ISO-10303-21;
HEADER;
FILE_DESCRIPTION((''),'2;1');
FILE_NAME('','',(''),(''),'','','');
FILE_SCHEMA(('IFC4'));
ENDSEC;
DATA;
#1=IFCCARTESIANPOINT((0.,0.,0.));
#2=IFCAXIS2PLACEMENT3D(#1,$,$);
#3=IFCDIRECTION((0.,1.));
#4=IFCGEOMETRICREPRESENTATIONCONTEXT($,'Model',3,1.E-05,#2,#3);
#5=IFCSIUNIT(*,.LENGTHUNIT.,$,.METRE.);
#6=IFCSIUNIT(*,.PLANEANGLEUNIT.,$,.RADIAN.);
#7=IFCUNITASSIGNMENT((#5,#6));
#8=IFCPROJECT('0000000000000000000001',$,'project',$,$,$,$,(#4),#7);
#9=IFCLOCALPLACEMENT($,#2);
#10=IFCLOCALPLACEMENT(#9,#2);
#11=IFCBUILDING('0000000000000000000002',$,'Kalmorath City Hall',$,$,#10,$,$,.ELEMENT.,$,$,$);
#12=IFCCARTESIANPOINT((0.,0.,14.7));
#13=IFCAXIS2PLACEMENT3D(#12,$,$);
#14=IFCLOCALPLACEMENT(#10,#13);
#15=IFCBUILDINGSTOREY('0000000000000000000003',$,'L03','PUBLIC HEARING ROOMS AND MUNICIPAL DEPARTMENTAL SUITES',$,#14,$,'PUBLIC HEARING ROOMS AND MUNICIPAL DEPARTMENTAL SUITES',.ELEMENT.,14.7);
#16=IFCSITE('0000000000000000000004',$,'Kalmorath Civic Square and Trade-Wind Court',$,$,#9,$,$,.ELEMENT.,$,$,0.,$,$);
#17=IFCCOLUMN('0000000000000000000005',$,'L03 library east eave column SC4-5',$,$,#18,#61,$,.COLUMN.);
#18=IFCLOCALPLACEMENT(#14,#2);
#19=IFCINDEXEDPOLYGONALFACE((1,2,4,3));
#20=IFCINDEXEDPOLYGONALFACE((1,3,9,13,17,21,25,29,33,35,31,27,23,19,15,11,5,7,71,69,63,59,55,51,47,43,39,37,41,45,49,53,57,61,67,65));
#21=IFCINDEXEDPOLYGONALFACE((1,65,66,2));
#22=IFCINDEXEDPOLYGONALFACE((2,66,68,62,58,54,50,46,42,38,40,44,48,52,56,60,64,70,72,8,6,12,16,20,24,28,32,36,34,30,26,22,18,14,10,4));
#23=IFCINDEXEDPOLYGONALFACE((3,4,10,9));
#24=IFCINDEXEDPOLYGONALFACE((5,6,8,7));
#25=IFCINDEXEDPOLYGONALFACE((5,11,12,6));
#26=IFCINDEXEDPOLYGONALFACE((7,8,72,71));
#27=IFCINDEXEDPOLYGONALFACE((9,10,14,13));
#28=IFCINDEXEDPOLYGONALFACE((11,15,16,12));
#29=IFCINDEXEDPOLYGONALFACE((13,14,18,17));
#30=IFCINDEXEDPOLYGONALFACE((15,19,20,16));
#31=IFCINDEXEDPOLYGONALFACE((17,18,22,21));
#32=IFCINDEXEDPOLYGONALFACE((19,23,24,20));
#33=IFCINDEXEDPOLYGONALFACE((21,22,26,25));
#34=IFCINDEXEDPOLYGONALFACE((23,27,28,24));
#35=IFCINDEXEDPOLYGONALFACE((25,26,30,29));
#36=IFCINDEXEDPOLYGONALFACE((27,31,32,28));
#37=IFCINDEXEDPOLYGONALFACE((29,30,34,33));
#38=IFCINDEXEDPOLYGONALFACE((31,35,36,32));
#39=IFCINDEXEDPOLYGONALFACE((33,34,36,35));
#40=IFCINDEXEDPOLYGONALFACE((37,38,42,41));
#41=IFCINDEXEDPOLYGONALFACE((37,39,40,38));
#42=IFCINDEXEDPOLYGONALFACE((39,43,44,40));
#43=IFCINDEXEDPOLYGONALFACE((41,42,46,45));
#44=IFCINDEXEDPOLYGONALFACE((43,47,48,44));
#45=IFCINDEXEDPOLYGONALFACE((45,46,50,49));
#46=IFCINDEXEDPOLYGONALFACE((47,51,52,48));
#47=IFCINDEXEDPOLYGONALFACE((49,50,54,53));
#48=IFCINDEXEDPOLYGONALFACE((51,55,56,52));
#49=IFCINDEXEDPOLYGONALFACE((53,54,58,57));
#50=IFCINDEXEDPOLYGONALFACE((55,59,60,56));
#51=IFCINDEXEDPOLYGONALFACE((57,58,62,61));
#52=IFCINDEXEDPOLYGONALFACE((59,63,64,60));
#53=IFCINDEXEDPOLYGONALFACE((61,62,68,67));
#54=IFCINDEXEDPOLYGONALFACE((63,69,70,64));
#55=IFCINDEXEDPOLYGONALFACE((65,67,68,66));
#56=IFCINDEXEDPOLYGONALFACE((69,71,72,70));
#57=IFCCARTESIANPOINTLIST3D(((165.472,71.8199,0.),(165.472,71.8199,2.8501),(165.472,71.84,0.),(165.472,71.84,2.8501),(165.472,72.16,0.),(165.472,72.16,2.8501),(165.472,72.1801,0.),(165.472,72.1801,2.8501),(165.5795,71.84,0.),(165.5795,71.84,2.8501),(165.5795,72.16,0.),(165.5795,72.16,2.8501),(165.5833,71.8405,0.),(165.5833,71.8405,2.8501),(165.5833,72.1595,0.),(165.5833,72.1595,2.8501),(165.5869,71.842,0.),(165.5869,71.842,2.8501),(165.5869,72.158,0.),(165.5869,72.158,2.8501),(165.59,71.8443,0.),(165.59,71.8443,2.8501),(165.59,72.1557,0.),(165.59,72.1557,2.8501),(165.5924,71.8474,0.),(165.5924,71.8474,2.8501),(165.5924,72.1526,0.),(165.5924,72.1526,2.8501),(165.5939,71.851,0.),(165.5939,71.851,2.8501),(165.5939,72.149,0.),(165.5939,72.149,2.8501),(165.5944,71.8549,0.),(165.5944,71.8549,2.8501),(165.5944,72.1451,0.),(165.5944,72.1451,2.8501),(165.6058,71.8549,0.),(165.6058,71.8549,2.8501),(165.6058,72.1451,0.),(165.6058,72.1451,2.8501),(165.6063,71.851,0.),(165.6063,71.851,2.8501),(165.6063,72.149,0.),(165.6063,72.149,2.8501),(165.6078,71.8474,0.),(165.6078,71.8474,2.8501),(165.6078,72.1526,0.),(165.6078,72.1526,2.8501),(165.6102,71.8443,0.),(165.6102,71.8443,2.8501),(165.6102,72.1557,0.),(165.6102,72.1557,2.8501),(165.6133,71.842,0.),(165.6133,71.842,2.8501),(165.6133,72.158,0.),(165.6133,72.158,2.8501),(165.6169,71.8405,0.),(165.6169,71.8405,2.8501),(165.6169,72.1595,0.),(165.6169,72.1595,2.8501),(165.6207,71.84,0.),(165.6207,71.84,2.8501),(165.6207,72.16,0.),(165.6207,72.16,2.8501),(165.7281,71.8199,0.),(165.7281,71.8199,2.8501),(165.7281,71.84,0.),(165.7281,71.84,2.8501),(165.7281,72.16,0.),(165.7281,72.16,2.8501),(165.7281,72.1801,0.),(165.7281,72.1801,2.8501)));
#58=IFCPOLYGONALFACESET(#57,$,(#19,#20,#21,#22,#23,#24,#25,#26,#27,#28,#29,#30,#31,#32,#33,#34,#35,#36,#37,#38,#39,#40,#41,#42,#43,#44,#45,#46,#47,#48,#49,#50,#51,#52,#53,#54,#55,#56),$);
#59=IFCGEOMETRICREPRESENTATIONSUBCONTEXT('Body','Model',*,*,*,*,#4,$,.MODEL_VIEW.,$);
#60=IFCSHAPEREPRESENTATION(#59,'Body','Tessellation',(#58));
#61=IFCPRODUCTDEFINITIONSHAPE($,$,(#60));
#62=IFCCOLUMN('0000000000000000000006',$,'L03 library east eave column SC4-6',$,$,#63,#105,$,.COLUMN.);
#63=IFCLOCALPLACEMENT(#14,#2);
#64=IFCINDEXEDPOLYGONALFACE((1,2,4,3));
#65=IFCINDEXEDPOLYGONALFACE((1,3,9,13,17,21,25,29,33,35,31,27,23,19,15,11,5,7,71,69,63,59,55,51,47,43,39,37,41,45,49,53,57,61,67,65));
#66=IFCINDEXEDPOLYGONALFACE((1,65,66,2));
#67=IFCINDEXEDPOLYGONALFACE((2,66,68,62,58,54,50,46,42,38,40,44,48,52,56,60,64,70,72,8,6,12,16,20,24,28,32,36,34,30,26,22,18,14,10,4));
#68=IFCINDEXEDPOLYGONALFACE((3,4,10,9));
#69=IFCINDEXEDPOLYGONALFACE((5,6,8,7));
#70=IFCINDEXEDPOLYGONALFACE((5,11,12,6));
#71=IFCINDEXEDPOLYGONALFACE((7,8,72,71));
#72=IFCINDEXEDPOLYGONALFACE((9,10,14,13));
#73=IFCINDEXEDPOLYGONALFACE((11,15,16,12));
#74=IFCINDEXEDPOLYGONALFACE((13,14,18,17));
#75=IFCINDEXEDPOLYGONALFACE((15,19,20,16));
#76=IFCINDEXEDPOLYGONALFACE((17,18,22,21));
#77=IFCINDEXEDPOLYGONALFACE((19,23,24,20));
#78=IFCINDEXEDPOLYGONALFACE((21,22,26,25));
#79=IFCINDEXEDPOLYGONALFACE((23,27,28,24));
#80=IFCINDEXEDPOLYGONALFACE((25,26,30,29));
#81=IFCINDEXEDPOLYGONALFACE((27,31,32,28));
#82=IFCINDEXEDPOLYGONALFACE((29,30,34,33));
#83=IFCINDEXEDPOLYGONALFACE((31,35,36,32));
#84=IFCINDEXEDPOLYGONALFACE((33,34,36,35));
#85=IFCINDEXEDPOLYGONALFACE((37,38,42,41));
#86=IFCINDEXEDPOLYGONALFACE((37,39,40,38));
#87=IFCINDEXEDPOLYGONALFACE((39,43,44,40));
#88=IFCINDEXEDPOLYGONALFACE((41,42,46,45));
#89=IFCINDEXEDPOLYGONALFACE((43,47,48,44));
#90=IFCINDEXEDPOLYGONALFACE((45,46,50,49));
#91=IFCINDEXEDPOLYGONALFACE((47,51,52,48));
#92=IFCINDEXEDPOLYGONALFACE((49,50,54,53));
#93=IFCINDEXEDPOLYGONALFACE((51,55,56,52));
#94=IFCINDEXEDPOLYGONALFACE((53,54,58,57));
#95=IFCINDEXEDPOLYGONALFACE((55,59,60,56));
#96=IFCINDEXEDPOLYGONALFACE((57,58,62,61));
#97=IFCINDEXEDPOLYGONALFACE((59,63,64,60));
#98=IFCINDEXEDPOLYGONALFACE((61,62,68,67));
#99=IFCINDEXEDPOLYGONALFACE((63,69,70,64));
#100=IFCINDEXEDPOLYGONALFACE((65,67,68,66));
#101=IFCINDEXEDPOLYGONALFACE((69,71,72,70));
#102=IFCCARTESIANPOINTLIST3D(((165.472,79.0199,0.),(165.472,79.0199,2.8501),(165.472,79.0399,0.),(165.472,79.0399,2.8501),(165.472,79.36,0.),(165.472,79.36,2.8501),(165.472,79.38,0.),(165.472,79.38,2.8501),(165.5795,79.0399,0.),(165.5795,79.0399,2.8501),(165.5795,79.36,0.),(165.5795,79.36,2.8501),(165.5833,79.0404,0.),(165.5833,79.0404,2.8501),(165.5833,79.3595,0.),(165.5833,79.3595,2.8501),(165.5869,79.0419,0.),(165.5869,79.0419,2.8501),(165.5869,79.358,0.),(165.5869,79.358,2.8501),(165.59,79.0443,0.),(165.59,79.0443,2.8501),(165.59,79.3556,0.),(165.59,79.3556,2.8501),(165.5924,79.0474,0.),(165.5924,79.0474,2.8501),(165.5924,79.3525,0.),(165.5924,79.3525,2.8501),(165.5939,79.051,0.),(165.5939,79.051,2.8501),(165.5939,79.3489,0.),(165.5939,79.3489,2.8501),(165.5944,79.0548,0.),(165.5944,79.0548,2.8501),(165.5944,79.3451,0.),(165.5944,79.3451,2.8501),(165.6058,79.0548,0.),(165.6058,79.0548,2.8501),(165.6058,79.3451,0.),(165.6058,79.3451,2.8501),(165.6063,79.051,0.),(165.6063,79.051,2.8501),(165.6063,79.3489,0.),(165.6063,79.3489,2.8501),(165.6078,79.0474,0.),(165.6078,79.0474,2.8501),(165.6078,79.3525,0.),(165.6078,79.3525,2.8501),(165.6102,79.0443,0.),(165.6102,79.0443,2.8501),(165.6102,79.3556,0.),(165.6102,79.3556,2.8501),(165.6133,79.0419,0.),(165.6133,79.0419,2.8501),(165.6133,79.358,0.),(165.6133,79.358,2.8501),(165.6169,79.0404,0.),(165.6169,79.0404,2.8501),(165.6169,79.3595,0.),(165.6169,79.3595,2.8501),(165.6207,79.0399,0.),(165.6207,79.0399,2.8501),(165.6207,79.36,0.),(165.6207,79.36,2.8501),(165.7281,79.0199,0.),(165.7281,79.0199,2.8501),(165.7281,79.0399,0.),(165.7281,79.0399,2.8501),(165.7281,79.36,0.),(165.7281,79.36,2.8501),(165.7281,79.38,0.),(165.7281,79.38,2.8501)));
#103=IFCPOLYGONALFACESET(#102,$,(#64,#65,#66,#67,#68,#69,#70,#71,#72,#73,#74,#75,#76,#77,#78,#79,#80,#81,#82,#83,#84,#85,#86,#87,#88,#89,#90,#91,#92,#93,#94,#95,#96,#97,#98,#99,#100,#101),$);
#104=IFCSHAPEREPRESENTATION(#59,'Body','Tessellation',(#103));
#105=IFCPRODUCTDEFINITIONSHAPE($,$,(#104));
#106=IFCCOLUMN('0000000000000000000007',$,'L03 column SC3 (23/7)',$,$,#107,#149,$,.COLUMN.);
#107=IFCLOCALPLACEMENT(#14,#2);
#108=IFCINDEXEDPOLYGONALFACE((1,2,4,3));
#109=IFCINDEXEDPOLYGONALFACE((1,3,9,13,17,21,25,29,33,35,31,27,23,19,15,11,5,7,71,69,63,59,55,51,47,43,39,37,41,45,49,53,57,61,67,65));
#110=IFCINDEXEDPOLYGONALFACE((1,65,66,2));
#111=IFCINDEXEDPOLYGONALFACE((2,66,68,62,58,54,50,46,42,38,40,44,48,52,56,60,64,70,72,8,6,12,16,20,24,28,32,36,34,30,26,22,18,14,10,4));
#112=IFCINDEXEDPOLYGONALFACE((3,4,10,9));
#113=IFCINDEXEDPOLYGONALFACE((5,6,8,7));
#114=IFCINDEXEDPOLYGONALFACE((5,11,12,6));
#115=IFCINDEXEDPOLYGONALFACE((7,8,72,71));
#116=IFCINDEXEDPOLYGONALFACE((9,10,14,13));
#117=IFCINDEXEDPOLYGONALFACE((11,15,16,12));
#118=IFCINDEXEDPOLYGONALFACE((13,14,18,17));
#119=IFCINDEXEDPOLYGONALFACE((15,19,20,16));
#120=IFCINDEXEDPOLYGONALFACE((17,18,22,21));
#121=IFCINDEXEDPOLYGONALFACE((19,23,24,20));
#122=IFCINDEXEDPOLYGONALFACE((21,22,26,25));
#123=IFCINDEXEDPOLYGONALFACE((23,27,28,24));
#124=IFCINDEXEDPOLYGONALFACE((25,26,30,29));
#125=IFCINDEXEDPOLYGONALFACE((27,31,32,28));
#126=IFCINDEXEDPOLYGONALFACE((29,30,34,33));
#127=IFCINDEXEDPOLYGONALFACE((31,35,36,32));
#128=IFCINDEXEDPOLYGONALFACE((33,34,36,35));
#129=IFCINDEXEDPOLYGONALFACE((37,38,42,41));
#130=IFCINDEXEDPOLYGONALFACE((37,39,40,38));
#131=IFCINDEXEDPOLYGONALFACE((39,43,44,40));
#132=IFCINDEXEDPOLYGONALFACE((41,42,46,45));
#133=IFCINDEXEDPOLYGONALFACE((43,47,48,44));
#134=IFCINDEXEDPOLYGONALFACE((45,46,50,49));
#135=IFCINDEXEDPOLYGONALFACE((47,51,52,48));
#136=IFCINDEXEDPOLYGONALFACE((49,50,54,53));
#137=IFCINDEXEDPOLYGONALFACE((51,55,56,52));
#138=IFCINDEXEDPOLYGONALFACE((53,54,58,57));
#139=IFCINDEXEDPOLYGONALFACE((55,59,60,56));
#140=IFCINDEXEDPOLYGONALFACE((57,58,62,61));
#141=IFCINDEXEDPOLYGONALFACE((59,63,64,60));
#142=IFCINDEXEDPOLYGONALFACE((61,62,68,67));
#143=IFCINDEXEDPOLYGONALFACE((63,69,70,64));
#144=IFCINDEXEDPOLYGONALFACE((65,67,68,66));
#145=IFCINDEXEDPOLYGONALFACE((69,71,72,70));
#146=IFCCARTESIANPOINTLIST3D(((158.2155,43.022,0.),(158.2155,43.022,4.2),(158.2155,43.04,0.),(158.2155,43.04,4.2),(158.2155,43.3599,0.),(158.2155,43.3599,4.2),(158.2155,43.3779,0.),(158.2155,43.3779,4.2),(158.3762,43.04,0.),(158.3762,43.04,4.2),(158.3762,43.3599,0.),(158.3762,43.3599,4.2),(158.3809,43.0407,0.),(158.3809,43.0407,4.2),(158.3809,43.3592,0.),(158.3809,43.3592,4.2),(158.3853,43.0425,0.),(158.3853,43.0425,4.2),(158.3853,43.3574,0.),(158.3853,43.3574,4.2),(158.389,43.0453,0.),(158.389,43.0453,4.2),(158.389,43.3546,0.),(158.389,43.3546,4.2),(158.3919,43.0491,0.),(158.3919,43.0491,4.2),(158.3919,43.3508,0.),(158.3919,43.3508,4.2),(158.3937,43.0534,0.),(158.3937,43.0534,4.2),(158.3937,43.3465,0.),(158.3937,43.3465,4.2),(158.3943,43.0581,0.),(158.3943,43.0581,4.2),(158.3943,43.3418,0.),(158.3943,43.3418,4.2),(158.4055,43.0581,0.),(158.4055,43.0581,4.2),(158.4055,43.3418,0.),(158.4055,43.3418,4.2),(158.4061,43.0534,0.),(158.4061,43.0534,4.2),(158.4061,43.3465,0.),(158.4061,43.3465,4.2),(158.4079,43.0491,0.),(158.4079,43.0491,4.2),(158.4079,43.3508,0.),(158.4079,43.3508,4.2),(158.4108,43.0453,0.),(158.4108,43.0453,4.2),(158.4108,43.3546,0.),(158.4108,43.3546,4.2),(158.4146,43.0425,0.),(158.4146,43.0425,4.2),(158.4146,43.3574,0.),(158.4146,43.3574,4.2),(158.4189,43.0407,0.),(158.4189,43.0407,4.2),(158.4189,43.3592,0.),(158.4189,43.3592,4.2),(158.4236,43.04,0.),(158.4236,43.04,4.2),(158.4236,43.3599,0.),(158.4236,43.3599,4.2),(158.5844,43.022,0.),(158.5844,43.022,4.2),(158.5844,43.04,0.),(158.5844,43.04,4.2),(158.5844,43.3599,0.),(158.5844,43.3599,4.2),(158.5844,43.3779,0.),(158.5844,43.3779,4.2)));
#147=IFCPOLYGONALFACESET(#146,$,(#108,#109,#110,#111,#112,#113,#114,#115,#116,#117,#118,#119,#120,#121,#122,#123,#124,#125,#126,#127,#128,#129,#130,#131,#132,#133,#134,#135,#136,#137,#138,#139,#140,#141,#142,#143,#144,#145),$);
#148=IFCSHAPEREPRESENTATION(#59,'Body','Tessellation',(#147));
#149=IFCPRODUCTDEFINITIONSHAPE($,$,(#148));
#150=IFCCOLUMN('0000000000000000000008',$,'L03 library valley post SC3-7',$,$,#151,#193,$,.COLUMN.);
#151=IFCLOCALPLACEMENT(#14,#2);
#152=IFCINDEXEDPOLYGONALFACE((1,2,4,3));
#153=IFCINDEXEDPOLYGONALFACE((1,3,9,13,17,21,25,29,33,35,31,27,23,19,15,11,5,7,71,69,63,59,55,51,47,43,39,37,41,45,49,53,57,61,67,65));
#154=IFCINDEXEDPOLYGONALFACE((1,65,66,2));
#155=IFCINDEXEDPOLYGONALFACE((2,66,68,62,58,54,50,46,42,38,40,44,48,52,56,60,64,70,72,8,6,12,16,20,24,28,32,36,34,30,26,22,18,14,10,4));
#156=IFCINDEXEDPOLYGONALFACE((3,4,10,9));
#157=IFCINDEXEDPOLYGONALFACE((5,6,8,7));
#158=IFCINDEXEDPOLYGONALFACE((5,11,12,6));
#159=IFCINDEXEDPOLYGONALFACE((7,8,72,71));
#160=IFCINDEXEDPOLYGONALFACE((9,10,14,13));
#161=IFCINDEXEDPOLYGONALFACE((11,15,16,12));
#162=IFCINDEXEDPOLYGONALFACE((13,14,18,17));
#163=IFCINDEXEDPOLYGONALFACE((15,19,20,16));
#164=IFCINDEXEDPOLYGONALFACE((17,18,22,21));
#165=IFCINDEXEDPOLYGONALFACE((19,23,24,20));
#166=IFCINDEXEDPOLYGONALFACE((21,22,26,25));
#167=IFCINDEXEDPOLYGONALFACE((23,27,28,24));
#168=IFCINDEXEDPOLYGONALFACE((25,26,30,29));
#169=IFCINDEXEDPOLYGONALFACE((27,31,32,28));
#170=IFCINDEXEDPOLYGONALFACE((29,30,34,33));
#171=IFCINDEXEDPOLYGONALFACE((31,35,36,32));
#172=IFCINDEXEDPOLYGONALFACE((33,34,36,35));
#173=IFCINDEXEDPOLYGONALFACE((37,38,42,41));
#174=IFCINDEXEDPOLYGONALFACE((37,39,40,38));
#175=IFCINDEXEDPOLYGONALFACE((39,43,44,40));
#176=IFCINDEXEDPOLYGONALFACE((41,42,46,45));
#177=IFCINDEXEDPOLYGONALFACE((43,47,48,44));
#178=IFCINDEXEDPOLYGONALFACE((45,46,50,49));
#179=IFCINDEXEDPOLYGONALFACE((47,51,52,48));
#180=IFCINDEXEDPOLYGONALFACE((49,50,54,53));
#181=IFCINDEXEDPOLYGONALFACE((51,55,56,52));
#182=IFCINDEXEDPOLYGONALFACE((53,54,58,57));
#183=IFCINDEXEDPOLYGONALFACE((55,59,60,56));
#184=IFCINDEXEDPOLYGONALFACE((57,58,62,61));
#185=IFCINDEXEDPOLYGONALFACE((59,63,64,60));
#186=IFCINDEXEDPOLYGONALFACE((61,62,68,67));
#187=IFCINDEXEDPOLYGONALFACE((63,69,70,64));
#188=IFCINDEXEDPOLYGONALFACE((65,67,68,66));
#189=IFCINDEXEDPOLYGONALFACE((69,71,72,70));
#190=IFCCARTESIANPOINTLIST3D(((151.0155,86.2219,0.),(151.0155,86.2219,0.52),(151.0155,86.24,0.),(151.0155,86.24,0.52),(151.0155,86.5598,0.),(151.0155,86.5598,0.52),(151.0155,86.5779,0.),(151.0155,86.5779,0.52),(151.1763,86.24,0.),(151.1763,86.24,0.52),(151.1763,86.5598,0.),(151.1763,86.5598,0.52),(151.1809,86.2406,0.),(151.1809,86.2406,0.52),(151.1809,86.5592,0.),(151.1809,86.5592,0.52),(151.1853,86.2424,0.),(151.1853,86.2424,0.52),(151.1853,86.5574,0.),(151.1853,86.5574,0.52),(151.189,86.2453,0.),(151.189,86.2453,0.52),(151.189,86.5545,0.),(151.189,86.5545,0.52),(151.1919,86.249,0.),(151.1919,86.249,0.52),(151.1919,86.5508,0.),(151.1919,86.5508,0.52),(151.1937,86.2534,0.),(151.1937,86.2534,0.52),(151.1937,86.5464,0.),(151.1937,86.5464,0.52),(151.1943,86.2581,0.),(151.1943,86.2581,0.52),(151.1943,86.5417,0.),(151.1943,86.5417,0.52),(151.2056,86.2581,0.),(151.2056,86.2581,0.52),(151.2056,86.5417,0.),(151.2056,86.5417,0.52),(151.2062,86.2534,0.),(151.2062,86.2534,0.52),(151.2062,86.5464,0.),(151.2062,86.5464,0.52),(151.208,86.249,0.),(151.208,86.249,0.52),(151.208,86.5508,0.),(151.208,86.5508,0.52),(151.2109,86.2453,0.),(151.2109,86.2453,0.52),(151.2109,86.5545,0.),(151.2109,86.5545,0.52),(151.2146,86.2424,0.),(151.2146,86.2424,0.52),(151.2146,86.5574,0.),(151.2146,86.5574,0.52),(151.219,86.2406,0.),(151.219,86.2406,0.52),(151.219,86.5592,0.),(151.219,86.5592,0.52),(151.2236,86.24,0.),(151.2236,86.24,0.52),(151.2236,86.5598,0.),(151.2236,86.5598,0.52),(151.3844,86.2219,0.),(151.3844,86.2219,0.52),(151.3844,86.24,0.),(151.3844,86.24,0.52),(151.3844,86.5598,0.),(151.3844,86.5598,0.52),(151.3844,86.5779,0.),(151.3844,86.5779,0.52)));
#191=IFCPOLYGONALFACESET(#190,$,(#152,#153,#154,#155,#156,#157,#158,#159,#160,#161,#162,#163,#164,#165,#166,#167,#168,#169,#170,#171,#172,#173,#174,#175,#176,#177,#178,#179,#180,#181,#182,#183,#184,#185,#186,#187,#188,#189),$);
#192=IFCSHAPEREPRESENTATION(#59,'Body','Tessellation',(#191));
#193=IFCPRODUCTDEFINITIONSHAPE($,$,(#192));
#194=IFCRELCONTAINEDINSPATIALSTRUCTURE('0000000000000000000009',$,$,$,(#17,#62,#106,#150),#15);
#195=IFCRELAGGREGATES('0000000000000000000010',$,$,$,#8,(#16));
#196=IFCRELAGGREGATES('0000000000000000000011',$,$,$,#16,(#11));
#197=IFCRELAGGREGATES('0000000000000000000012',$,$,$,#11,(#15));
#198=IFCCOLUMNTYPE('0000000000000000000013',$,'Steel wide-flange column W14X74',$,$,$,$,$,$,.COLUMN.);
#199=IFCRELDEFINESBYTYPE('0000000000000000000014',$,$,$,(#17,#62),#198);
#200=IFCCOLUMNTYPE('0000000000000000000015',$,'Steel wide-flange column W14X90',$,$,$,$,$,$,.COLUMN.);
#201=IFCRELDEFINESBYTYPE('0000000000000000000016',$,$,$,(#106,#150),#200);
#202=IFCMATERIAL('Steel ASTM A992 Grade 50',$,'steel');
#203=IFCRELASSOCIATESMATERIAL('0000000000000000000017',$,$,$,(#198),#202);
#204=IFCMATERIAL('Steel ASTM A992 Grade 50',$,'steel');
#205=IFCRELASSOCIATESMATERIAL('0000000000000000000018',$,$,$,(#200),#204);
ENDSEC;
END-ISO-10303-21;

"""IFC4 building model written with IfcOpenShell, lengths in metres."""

from ifc_helpers import new_model, si_unit, direction, frame, origin, origin_2d, place, context, subcontext, project, spatial, i_section, extrude, material, material_profile, profile_set, type_object, element, save


model = new_model("IFC4")

# Units and contexts
model_context = context("Model", 3, precision=1e-05, world=origin(), true_north=direction((0.0, 1.0)))
body_context = subcontext(model_context, "Body", "Model", "MODEL_VIEW")
ifc_project = project(units=[si_unit("LENGTHUNIT", "METRE"), si_unit("PLANEANGLEUNIT", "RADIAN")], contexts=[model_context])

# Site, building, storey
site_placement = place(None, origin())
site = spatial("IfcSite", under=ifc_project, at=site_placement, Name="Kalmorath Civic Square and Trade-Wind Court", CompositionType="ELEMENT", RefElevation=0.0)
building_placement = place(site_placement, origin())
building = spatial("IfcBuilding", under=site, at=building_placement, Name="Kalmorath City Hall", CompositionType="ELEMENT")
storey_placement = place(building_placement, frame((0.0, 0.0, 14.7)))
storey = spatial("IfcBuildingStorey", under=building, at=storey_placement, Name="L03", Description="PUBLIC HEARING ROOMS AND MUNICIPAL DEPARTMENTAL SUITES", LongName="PUBLIC HEARING ROOMS AND MUNICIPAL DEPARTMENTAL SUITES", CompositionType="ELEMENT", Elevation=14.7)

# Columns
ifc_material_1 = material(Name="Steel ASTM A992 Grade 50", Category="steel")
ifc_material_profile_1 = material_profile(ifc_material_1, i_section(OverallWidth=0.2561, OverallDepth=0.3601, WebThickness=0.0115, FlangeThickness=0.02, FilletRadius=0.0149, at=origin_2d()), Name="W14X74")
ifc_profile_set_1 = profile_set([ifc_material_profile_1], Name="Steel ASTM A992 Grade 50")
column_type_1 = type_object("IfcColumnType", Name="Steel wide-flange column W14X74", PredefinedType="COLUMN", material=ifc_profile_set_1)
for number, where, z_axis, x_axis, name in (
    (1, (165.6001, 72.0, 0.0), (0.0, 0.0, 1.0), (1.0, 0.0, 0.0), "L03 library east eave column SC4-5"),
    (2, (165.6001, 79.2, 0.0), (0.0, 0.0, 1.0), (1.0, 0.0, 0.0), "L03 library east eave column SC4-6"),
):
    element("IfcColumn", number, at=place(storey_placement, frame(where, z_axis=z_axis, x_axis=x_axis)), inside=storey, type_object=column_type_1, Name=name, PredefinedType="COLUMN", context=body_context, shape_type="SweptSolid", body=[
        extrude(i_section(OverallWidth=0.2561, OverallDepth=0.3601, WebThickness=0.0115, FlangeThickness=0.02, FilletRadius=0.0149, at=origin_2d()), origin(), (0.0, 0.0, 1.0), 2.8501),
    ])
ifc_material_2 = material(Name="Steel ASTM A992 Grade 50", Category="steel")
ifc_material_profile_2 = material_profile(ifc_material_2, i_section(OverallWidth=0.3689, OverallDepth=0.356, WebThickness=0.0112, FlangeThickness=0.0181, FilletRadius=0.0181, at=origin_2d()), Name="W14X90")
ifc_profile_set_2 = profile_set([ifc_material_profile_2], Name="Steel ASTM A992 Grade 50")
column_type_2 = type_object("IfcColumnType", Name="Steel wide-flange column W14X90", PredefinedType="COLUMN", material=ifc_profile_set_2)
column_1_placement = place(storey_placement, frame((158.3999, 43.2, 0.0), z_axis=(0.0, 0.0, 1.0), x_axis=(1.0, 0.0, 0.0)))
element("IfcColumn", 3, at=column_1_placement, inside=storey, type_object=column_type_2, Name="L03 column SC3 (23/7)", PredefinedType="COLUMN", context=body_context, shape_type="SweptSolid", body=[
    extrude(i_section(OverallWidth=0.3689, OverallDepth=0.356, WebThickness=0.0112, FlangeThickness=0.0181, FilletRadius=0.0181, at=origin_2d()), origin(), (0.0, 0.0, 1.0), 4.2),
])
column_2_placement = place(storey_placement, frame((151.2, 86.3999, 0.0), z_axis=(0.0, 0.0, 1.0), x_axis=(1.0, 0.0, 0.0)))
element("IfcColumn", 4, at=column_2_placement, inside=storey, type_object=column_type_2, Name="L03 library valley post SC3-7", PredefinedType="COLUMN", context=body_context, shape_type="SweptSolid", body=[
    extrude(i_section(OverallWidth=0.3689, OverallDepth=0.356, WebThickness=0.0112, FlangeThickness=0.0181, FilletRadius=0.0181, at=origin_2d()), origin(), (0.0, 0.0, 1.0), 0.52),
])

save(model, "model.ifc")
